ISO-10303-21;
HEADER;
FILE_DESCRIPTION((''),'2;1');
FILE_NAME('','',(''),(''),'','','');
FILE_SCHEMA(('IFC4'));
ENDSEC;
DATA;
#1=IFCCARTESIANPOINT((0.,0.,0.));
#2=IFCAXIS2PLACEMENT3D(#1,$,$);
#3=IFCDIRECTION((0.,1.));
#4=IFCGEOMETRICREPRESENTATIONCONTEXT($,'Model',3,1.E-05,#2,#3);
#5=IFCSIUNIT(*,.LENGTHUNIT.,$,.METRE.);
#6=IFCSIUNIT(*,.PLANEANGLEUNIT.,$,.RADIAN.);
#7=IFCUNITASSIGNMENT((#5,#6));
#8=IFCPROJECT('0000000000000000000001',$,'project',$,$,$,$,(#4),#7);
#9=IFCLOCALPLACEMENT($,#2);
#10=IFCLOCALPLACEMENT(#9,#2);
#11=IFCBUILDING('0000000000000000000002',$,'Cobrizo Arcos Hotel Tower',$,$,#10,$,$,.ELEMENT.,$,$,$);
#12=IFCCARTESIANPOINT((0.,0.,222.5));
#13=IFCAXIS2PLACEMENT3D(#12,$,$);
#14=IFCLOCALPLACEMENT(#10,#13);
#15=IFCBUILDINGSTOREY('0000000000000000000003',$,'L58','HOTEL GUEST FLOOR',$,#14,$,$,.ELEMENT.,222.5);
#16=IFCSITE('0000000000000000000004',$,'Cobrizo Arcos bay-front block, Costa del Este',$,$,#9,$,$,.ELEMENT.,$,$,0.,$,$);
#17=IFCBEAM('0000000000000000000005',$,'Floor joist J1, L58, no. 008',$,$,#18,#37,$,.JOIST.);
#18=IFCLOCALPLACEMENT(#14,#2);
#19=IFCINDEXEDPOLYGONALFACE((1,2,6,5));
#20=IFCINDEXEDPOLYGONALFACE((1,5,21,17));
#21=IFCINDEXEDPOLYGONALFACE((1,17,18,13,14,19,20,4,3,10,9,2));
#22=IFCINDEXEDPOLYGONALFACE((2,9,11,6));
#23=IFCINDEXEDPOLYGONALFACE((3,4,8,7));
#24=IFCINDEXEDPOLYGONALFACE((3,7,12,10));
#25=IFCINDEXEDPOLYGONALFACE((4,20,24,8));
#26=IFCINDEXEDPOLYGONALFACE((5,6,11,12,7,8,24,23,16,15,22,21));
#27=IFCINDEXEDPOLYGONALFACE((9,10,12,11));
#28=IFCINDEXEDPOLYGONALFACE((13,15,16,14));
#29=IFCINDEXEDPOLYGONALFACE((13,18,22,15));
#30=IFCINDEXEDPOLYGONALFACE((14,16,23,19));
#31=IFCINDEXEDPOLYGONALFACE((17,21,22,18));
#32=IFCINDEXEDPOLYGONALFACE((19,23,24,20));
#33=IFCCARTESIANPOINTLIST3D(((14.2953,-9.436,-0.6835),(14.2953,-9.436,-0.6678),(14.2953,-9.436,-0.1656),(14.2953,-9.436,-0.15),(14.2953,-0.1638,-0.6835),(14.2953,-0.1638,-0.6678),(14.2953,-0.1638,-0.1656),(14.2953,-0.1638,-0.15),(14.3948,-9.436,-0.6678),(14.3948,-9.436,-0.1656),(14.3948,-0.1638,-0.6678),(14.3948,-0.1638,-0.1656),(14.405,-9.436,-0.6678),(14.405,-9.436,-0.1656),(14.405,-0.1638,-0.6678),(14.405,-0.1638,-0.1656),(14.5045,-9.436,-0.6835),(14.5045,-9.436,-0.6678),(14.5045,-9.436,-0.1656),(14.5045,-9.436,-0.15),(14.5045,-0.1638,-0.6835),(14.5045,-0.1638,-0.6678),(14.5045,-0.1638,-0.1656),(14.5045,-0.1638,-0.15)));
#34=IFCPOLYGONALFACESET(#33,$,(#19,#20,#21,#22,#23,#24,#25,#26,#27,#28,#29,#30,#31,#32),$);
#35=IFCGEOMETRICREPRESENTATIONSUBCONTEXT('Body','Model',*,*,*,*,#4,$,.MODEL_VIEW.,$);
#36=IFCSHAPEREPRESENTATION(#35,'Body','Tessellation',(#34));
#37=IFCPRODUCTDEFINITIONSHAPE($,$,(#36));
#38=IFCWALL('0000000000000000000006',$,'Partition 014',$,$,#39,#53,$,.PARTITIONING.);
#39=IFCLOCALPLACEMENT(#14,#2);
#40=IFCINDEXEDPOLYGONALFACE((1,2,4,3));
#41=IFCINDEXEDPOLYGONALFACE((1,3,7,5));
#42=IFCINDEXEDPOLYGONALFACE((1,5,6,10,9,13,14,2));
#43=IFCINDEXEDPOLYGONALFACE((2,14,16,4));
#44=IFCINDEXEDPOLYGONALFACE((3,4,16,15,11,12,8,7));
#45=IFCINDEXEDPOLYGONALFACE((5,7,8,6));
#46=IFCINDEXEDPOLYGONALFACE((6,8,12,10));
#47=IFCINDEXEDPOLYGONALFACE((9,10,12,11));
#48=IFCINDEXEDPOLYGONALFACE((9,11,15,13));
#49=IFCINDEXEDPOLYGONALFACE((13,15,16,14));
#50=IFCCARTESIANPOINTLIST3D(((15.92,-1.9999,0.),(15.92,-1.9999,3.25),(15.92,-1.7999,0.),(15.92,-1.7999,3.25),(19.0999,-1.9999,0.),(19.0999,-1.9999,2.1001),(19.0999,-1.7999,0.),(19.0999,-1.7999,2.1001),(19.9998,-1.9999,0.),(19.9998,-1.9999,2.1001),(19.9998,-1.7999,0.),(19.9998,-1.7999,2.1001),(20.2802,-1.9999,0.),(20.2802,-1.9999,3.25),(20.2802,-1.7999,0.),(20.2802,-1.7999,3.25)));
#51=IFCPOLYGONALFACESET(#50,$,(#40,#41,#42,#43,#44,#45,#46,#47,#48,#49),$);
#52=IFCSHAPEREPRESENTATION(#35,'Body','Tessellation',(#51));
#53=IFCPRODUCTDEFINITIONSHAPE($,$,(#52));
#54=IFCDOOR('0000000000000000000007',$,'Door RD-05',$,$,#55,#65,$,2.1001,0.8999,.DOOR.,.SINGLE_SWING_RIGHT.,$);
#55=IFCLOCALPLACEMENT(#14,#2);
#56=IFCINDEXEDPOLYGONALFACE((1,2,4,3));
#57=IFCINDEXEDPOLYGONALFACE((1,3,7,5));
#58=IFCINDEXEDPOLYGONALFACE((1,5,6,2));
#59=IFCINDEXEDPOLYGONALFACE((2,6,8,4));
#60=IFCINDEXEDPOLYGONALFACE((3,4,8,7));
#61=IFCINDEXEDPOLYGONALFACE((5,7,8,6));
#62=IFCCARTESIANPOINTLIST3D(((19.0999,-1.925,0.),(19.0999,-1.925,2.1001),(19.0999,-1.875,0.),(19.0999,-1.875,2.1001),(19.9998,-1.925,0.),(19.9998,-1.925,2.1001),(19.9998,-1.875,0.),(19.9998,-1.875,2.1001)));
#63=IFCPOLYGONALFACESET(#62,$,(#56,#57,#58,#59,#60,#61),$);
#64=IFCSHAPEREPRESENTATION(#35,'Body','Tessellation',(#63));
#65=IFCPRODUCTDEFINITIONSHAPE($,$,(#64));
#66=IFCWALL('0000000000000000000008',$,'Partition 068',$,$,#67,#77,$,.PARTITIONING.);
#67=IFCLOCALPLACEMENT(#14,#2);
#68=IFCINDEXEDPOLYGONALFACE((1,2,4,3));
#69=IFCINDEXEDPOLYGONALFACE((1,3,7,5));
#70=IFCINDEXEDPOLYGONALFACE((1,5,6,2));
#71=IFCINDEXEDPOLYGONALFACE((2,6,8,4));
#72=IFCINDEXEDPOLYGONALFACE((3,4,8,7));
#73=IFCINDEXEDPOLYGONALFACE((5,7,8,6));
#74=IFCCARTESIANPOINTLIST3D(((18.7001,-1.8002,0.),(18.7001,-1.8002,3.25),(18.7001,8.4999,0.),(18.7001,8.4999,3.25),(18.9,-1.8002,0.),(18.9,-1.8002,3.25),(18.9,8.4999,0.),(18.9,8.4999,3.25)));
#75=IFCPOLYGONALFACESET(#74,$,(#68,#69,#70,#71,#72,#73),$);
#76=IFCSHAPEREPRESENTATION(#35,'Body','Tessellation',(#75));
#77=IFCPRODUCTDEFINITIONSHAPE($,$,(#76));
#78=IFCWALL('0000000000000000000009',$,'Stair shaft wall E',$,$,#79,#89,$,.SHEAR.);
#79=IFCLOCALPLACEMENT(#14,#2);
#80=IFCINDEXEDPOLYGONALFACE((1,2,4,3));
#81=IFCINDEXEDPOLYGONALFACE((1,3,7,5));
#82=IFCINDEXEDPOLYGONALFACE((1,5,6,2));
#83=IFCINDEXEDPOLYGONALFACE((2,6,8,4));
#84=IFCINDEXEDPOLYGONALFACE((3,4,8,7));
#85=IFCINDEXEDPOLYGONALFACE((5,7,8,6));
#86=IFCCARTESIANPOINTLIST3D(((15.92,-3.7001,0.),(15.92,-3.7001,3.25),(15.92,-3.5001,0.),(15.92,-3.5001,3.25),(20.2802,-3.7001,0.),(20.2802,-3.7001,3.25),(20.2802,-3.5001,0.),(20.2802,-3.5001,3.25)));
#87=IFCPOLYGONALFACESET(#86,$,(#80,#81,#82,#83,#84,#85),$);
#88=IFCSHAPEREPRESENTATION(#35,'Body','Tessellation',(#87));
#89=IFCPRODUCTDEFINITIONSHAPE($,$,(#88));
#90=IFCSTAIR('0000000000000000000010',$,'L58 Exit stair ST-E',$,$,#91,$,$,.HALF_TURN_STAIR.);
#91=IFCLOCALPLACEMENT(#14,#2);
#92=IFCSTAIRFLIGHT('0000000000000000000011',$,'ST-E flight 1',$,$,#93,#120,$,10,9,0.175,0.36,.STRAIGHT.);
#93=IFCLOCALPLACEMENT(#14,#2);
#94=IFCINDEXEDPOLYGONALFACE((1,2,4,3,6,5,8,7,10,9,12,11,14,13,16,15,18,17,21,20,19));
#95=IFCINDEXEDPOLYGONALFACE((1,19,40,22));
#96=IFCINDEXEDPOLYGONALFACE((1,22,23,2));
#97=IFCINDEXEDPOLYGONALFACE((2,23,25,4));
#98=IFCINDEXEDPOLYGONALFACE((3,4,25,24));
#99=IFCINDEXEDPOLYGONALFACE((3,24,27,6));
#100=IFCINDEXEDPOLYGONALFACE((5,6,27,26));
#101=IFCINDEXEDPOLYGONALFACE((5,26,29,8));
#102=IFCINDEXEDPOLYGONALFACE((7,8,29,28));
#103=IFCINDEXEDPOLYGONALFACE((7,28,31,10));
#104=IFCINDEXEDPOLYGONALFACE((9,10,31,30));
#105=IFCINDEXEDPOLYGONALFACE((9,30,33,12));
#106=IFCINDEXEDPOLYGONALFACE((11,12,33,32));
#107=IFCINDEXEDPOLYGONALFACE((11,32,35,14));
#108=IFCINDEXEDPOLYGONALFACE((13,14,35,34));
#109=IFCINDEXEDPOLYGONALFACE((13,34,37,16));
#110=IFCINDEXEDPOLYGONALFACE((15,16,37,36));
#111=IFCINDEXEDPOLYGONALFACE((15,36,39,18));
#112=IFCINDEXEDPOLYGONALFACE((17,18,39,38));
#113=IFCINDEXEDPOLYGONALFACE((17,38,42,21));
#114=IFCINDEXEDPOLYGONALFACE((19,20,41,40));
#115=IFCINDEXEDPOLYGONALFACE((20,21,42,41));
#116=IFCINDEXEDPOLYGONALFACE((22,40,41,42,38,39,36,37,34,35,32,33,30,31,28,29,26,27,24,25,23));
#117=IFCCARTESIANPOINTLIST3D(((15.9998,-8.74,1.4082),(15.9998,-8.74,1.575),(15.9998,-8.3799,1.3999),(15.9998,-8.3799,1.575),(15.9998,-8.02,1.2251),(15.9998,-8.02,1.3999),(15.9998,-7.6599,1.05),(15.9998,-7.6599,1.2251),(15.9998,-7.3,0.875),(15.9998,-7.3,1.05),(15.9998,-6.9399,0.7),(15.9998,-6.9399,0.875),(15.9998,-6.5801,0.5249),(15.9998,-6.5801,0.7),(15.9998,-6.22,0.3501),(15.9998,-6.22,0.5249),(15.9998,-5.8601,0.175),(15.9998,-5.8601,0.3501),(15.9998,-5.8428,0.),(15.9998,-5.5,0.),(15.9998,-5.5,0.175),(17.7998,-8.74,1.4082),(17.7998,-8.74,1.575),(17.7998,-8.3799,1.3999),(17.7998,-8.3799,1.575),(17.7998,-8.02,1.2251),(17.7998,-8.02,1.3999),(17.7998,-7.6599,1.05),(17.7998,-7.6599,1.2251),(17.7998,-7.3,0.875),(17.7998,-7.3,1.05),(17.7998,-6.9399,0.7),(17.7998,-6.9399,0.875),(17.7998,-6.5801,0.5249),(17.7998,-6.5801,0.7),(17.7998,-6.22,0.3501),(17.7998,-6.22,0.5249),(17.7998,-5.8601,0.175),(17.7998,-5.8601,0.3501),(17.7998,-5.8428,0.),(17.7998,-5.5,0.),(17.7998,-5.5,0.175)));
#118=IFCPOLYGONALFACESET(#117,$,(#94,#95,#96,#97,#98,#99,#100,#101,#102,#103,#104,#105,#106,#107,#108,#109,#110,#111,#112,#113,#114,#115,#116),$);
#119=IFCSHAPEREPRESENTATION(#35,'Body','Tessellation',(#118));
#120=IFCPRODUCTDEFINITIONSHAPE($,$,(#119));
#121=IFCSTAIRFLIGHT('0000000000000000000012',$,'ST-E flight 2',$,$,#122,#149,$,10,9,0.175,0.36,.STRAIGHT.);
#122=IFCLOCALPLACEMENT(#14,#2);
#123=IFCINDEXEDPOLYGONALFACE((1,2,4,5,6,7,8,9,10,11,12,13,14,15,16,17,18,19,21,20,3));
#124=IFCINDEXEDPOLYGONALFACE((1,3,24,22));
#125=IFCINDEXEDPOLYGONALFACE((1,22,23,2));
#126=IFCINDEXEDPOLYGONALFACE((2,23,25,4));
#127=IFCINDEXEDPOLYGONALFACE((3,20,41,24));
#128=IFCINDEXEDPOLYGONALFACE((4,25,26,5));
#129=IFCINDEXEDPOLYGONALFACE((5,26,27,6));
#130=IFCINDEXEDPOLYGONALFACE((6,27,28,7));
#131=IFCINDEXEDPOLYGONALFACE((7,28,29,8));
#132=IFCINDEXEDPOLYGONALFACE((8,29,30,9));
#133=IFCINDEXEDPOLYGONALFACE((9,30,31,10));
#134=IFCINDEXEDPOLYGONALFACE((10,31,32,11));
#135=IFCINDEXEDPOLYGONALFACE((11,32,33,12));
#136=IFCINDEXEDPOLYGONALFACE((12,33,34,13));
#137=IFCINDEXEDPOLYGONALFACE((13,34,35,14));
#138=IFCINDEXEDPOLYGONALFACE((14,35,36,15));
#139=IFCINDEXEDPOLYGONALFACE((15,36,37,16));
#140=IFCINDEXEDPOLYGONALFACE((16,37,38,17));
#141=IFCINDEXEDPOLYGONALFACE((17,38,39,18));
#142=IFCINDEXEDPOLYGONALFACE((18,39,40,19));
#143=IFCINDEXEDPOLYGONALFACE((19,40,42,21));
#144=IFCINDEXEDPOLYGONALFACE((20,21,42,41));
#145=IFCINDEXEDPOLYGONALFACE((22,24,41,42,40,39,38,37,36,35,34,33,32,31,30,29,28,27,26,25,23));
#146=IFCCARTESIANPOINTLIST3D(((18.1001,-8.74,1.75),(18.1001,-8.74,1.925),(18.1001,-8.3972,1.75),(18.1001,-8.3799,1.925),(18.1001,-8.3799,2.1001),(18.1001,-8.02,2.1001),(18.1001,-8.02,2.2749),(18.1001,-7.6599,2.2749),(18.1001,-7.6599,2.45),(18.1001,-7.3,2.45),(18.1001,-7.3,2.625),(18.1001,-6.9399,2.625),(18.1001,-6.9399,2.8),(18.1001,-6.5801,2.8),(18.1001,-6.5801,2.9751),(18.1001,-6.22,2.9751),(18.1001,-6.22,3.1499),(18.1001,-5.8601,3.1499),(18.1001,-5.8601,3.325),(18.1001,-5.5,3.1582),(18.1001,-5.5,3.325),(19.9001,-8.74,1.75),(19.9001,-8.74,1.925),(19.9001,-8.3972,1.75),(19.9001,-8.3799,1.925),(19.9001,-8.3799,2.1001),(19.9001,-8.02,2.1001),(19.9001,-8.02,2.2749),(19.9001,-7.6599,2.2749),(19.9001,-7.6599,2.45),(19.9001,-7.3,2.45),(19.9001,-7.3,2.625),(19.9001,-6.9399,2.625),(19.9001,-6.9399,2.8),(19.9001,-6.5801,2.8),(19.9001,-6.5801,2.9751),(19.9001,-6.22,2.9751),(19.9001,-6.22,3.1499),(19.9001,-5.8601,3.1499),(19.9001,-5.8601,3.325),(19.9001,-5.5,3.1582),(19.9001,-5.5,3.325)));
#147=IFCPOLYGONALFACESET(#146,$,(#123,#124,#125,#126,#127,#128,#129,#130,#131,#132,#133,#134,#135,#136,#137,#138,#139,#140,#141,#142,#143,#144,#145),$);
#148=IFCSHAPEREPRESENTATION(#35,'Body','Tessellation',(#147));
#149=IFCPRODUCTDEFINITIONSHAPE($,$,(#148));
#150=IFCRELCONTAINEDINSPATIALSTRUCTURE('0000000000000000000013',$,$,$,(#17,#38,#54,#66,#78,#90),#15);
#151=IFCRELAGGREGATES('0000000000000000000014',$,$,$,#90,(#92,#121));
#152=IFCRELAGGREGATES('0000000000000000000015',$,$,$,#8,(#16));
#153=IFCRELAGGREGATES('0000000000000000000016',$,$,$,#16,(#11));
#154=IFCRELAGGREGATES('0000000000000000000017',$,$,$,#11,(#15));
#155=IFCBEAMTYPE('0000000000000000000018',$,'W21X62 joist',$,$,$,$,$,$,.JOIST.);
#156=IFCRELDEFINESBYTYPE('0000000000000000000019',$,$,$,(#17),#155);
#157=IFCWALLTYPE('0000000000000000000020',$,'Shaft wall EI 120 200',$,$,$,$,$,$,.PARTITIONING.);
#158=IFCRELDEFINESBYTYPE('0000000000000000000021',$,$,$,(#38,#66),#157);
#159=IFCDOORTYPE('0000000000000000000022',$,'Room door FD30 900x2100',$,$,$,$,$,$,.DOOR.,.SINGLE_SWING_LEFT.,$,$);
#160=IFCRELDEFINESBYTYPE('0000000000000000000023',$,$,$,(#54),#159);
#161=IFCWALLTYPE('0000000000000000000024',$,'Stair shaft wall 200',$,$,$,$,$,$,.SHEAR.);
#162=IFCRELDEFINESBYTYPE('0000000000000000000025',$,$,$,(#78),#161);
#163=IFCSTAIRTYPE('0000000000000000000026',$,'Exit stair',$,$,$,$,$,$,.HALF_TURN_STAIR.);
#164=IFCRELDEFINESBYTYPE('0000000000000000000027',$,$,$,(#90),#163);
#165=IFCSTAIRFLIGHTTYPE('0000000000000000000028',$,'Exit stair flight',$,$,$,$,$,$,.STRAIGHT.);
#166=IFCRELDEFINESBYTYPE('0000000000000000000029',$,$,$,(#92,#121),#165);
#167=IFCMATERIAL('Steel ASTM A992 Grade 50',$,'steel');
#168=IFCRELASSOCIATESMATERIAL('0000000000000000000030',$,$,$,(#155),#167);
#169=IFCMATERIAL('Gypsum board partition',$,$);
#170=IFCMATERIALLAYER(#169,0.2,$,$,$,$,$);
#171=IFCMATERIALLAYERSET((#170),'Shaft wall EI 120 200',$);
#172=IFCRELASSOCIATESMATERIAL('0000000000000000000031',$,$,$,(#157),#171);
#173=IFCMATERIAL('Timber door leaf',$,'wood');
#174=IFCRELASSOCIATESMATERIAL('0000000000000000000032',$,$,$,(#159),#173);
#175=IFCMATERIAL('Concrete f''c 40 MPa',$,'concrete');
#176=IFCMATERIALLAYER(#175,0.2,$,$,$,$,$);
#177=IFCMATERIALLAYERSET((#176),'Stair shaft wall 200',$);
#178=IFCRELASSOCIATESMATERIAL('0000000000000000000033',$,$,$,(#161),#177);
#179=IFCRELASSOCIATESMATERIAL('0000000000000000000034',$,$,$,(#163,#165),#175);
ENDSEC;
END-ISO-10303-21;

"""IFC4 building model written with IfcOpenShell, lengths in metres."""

from ifc_helpers import new_model, si_unit, direction, frame, frame_2d, origin, origin_2d, place, context, subcontext, project, spatial, polyline, rectangle, i_section, outline, extrude, material, layer, layer_set, material_profile, profile_set, type_object, element, fill, aggregate, save


model = new_model("IFC4")

# Units and contexts
model_context = context("Model", 3, precision=1e-05, world=origin(), true_north=direction((0.0, 1.0)))
body_context = subcontext(model_context, "Body", "Model", "MODEL_VIEW")
ifc_project = project(units=[si_unit("LENGTHUNIT", "METRE"), si_unit("PLANEANGLEUNIT", "RADIAN")], contexts=[model_context])

# Site, building, storey
site_placement = place(None, origin())
site = spatial("IfcSite", under=ifc_project, at=site_placement, Name="Cobrizo Arcos bay-front block, Costa del Este", CompositionType="ELEMENT", RefElevation=0.0)
building_placement = place(site_placement, origin())
building = spatial("IfcBuilding", under=site, at=building_placement, Name="Cobrizo Arcos Hotel Tower", CompositionType="ELEMENT")
storey_placement = place(building_placement, frame((0.0, 0.0, 222.5)))
storey = spatial("IfcBuildingStorey", under=building, at=storey_placement, Name="L58", Description="HOTEL GUEST FLOOR", CompositionType="ELEMENT", Elevation=222.5)

# Beam
ifc_material_1 = material(Name="Steel ASTM A992 Grade 50", Category="steel")
ifc_material_profile = material_profile(ifc_material_1, i_section(OverallWidth=0.2092, OverallDepth=0.5334, WebThickness=0.0103, FlangeThickness=0.0156, at=origin_2d()), Name="W21X62")
ifc_profile_set = profile_set([ifc_material_profile], Name="Steel ASTM A992 Grade 50")
beam_type = type_object("IfcBeamType", Name="W21X62 joist", PredefinedType="JOIST", material=ifc_profile_set)
beam_placement = place(storey_placement, frame((14.3999, -9.436, -0.4167), z_axis=(0.0, 1.0, 0.0), x_axis=(-1.0, 0.0, 0.0)))
element("IfcBeam", 1, at=beam_placement, inside=storey, type_object=beam_type, Name="Floor joist J1, L58, no. 008", PredefinedType="JOIST", context=body_context, shape_type="SweptSolid", body=[
    extrude(i_section(OverallWidth=0.2092, OverallDepth=0.5334, WebThickness=0.0103, FlangeThickness=0.0156, at=origin_2d()), origin(), (0.0, 0.0, 1.0), 9.2722),
])

# Wall, opening, door
ifc_material_2 = material(Name="Gypsum board partition")
ifc_layer_1 = layer(ifc_material_2, 0.2)
ifc_layer_set_1 = layer_set([ifc_layer_1], Name="Shaft wall EI 120 200")
wall_type_1 = type_object("IfcWallType", Name="Shaft wall EI 120 200", PredefinedType="PARTITIONING", material=ifc_layer_set_1)
wall_1_placement = place(storey_placement, frame((15.9199, -1.8999, 0.0), z_axis=(0.0, 0.0, 1.0), x_axis=(1.0, 0.0, 0.0)))
wall_1 = element("IfcWall", 2, at=wall_1_placement, inside=storey, type_object=wall_type_1, Name="Partition 014", PredefinedType="PARTITIONING", context=body_context, shape_type="SweptSolid", body=[
    extrude(rectangle(XDim=4.3601, YDim=0.2, at=frame_2d((2.1802, 0.0))), origin(), (0.0, 0.0, 1.0), 3.25),
])
opening_placement = place(wall_1_placement, frame((3.1799, 0.0, 0.0)))
opening = element("IfcOpeningElement", 3, at=opening_placement, cuts=wall_1, PredefinedType="OPENING", context=body_context, shape_type="SweptSolid", body=[
    extrude(rectangle(XDim=0.8999, YDim=2.1001, at=frame_2d((0.45, 1.05))), frame((0.0, 0.1121, 0.0), z_axis=(0.0, -1.0, 0.0), x_axis=(1.0, 0.0, 0.0)), (0.0, 0.0, 1.0), 0.2239),
])
ifc_material_3 = material(Name="Timber door leaf", Category="wood")
door_type = type_object("IfcDoorType", Name="Room door FD30 900x2100", OperationType="SINGLE_SWING_LEFT", PredefinedType="DOOR", material=ifc_material_3)
door_placement = place(opening_placement, origin())
door = element("IfcDoor", 4, at=door_placement, inside=storey, type_object=door_type, Name="Door RD-05", OperationType="SINGLE_SWING_RIGHT", OverallHeight=2.1001, OverallWidth=0.8999, PredefinedType="DOOR", context=body_context, shape_type="SweptSolid", body=[
    extrude(rectangle(XDim=0.8999, YDim=2.1001, at=frame_2d((0.45, 1.05))), frame((0.0, 0.0249, 0.0), z_axis=(0.0, -1.0, 0.0), x_axis=(1.0, 0.0, 0.0)), (0.0, 0.0, 1.0), 0.05),
])
fill(opening, door)

# Walls
wall_2_placement = place(storey_placement, frame((18.8, -1.8, 0.0), z_axis=(0.0, 0.0, 1.0), x_axis=(0.0, 1.0, 0.0)))
element("IfcWall", 5, at=wall_2_placement, inside=storey, type_object=wall_type_1, Name="Partition 068", PredefinedType="PARTITIONING", context=body_context, shape_type="SweptSolid", body=[
    extrude(rectangle(XDim=10.3, YDim=0.2, at=frame_2d((5.1499, 0.0))), origin(), (0.0, 0.0, 1.0), 3.25),
])
ifc_material_4 = material(Name="Concrete f'c 40 MPa", Category="concrete")
ifc_layer_2 = layer(ifc_material_4, 0.2)
ifc_layer_set_2 = layer_set([ifc_layer_2], Name="Stair shaft wall 200")
wall_type_2 = type_object("IfcWallType", Name="Stair shaft wall 200", PredefinedType="SHEAR", material=ifc_layer_set_2)
wall_3_placement = place(storey_placement, frame((15.9199, -3.6001, 0.0), z_axis=(0.0, 0.0, 1.0), x_axis=(1.0, 0.0, 0.0)))
element("IfcWall", 6, at=wall_3_placement, inside=storey, type_object=wall_type_2, Name="Stair shaft wall E", PredefinedType="SHEAR", context=body_context, shape_type="SweptSolid", body=[
    extrude(rectangle(XDim=4.3601, YDim=0.2, at=frame_2d((2.1802, 0.0))), origin(), (0.0, 0.0, 1.0), 3.25),
])

# Stair, stair flights
stair_type = type_object("IfcStairType", Name="Exit stair", PredefinedType="HALF_TURN_STAIR", material=ifc_material_4)
stair_placement = place(storey_placement, origin())
stair = element("IfcStair", 7, at=stair_placement, inside=storey, type_object=stair_type, Name="L58 Exit stair ST-E", PredefinedType="HALF_TURN_STAIR")
stair_flight_type = type_object("IfcStairFlightType", Name="Exit stair flight", PredefinedType="STRAIGHT", material=ifc_material_4)
stair_flight_1_placement = place(storey_placement, frame((16.8999, -5.5, 0.0), z_axis=(0.0, 0.0, 1.0), x_axis=(0.0, -1.0, 0.0)))
stair_flight_1 = element("IfcStairFlight", 8, at=stair_flight_1_placement, type_object=stair_flight_type, Name="ST-E flight 1", NumberOfRisers=10, NumberOfTreads=9, PredefinedType="STRAIGHT", RiserHeight=0.175, TreadLength=0.36, context=body_context, shape_type="SweptSolid", body=[
    extrude(outline(polyline([(0.0, 0.0), (0.0, 0.175), (0.3601, 0.175), (0.3601, 0.3501), (0.72, 0.3501), (0.72, 0.5249), (1.0801, 0.5249), (1.0801, 0.7), (1.4399, 0.7), (1.4399, 0.875), (1.8, 0.875), (1.8, 1.05), (2.1599, 1.05), (2.1599, 1.2251), (2.52, 1.2251), (2.52, 1.3999), (2.8799, 1.3999), (2.8799, 1.575), (3.24, 1.575), (3.24, 1.75), (3.24, 1.4082), (0.3428, 0.0), (0.0, 0.0)])), frame((0.0, 0.8999, 0.0), z_axis=(0.0, -1.0, 0.0), x_axis=(1.0, 0.0, 0.0)), (0.0, 0.0, 1.0), 1.8),
])
stair_flight_2_placement = place(storey_placement, frame((19.0, -8.74, 1.75), z_axis=(0.0, 0.0, 1.0), x_axis=(0.0, 1.0, 0.0)))
stair_flight_2 = element("IfcStairFlight", 9, at=stair_flight_2_placement, type_object=stair_flight_type, Name="ST-E flight 2", NumberOfRisers=10, NumberOfTreads=9, PredefinedType="STRAIGHT", RiserHeight=0.175, TreadLength=0.36, context=body_context, shape_type="SweptSolid", body=[
    extrude(outline(polyline([(0.0, 0.0), (0.0, 0.175), (0.3601, 0.175), (0.3601, 0.3501), (0.72, 0.3501), (0.72, 0.5249), (1.0801, 0.5249), (1.0801, 0.7), (1.4399, 0.7), (1.4399, 0.875), (1.8, 0.875), (1.8, 1.05), (2.1599, 1.05), (2.1599, 1.2251), (2.52, 1.2251), (2.52, 1.3999), (2.8799, 1.3999), (2.8799, 1.575), (3.24, 1.575), (3.24, 1.75), (3.24, 1.4082), (0.3428, 0.0), (0.0, 0.0)])), frame((0.0, 0.8999, 0.0), z_axis=(0.0, -1.0, 0.0), x_axis=(1.0, 0.0, 0.0)), (0.0, 0.0, 1.0), 1.8),
])
aggregate(stair, [stair_flight_1, stair_flight_2])

save(model, "model.ifc")
